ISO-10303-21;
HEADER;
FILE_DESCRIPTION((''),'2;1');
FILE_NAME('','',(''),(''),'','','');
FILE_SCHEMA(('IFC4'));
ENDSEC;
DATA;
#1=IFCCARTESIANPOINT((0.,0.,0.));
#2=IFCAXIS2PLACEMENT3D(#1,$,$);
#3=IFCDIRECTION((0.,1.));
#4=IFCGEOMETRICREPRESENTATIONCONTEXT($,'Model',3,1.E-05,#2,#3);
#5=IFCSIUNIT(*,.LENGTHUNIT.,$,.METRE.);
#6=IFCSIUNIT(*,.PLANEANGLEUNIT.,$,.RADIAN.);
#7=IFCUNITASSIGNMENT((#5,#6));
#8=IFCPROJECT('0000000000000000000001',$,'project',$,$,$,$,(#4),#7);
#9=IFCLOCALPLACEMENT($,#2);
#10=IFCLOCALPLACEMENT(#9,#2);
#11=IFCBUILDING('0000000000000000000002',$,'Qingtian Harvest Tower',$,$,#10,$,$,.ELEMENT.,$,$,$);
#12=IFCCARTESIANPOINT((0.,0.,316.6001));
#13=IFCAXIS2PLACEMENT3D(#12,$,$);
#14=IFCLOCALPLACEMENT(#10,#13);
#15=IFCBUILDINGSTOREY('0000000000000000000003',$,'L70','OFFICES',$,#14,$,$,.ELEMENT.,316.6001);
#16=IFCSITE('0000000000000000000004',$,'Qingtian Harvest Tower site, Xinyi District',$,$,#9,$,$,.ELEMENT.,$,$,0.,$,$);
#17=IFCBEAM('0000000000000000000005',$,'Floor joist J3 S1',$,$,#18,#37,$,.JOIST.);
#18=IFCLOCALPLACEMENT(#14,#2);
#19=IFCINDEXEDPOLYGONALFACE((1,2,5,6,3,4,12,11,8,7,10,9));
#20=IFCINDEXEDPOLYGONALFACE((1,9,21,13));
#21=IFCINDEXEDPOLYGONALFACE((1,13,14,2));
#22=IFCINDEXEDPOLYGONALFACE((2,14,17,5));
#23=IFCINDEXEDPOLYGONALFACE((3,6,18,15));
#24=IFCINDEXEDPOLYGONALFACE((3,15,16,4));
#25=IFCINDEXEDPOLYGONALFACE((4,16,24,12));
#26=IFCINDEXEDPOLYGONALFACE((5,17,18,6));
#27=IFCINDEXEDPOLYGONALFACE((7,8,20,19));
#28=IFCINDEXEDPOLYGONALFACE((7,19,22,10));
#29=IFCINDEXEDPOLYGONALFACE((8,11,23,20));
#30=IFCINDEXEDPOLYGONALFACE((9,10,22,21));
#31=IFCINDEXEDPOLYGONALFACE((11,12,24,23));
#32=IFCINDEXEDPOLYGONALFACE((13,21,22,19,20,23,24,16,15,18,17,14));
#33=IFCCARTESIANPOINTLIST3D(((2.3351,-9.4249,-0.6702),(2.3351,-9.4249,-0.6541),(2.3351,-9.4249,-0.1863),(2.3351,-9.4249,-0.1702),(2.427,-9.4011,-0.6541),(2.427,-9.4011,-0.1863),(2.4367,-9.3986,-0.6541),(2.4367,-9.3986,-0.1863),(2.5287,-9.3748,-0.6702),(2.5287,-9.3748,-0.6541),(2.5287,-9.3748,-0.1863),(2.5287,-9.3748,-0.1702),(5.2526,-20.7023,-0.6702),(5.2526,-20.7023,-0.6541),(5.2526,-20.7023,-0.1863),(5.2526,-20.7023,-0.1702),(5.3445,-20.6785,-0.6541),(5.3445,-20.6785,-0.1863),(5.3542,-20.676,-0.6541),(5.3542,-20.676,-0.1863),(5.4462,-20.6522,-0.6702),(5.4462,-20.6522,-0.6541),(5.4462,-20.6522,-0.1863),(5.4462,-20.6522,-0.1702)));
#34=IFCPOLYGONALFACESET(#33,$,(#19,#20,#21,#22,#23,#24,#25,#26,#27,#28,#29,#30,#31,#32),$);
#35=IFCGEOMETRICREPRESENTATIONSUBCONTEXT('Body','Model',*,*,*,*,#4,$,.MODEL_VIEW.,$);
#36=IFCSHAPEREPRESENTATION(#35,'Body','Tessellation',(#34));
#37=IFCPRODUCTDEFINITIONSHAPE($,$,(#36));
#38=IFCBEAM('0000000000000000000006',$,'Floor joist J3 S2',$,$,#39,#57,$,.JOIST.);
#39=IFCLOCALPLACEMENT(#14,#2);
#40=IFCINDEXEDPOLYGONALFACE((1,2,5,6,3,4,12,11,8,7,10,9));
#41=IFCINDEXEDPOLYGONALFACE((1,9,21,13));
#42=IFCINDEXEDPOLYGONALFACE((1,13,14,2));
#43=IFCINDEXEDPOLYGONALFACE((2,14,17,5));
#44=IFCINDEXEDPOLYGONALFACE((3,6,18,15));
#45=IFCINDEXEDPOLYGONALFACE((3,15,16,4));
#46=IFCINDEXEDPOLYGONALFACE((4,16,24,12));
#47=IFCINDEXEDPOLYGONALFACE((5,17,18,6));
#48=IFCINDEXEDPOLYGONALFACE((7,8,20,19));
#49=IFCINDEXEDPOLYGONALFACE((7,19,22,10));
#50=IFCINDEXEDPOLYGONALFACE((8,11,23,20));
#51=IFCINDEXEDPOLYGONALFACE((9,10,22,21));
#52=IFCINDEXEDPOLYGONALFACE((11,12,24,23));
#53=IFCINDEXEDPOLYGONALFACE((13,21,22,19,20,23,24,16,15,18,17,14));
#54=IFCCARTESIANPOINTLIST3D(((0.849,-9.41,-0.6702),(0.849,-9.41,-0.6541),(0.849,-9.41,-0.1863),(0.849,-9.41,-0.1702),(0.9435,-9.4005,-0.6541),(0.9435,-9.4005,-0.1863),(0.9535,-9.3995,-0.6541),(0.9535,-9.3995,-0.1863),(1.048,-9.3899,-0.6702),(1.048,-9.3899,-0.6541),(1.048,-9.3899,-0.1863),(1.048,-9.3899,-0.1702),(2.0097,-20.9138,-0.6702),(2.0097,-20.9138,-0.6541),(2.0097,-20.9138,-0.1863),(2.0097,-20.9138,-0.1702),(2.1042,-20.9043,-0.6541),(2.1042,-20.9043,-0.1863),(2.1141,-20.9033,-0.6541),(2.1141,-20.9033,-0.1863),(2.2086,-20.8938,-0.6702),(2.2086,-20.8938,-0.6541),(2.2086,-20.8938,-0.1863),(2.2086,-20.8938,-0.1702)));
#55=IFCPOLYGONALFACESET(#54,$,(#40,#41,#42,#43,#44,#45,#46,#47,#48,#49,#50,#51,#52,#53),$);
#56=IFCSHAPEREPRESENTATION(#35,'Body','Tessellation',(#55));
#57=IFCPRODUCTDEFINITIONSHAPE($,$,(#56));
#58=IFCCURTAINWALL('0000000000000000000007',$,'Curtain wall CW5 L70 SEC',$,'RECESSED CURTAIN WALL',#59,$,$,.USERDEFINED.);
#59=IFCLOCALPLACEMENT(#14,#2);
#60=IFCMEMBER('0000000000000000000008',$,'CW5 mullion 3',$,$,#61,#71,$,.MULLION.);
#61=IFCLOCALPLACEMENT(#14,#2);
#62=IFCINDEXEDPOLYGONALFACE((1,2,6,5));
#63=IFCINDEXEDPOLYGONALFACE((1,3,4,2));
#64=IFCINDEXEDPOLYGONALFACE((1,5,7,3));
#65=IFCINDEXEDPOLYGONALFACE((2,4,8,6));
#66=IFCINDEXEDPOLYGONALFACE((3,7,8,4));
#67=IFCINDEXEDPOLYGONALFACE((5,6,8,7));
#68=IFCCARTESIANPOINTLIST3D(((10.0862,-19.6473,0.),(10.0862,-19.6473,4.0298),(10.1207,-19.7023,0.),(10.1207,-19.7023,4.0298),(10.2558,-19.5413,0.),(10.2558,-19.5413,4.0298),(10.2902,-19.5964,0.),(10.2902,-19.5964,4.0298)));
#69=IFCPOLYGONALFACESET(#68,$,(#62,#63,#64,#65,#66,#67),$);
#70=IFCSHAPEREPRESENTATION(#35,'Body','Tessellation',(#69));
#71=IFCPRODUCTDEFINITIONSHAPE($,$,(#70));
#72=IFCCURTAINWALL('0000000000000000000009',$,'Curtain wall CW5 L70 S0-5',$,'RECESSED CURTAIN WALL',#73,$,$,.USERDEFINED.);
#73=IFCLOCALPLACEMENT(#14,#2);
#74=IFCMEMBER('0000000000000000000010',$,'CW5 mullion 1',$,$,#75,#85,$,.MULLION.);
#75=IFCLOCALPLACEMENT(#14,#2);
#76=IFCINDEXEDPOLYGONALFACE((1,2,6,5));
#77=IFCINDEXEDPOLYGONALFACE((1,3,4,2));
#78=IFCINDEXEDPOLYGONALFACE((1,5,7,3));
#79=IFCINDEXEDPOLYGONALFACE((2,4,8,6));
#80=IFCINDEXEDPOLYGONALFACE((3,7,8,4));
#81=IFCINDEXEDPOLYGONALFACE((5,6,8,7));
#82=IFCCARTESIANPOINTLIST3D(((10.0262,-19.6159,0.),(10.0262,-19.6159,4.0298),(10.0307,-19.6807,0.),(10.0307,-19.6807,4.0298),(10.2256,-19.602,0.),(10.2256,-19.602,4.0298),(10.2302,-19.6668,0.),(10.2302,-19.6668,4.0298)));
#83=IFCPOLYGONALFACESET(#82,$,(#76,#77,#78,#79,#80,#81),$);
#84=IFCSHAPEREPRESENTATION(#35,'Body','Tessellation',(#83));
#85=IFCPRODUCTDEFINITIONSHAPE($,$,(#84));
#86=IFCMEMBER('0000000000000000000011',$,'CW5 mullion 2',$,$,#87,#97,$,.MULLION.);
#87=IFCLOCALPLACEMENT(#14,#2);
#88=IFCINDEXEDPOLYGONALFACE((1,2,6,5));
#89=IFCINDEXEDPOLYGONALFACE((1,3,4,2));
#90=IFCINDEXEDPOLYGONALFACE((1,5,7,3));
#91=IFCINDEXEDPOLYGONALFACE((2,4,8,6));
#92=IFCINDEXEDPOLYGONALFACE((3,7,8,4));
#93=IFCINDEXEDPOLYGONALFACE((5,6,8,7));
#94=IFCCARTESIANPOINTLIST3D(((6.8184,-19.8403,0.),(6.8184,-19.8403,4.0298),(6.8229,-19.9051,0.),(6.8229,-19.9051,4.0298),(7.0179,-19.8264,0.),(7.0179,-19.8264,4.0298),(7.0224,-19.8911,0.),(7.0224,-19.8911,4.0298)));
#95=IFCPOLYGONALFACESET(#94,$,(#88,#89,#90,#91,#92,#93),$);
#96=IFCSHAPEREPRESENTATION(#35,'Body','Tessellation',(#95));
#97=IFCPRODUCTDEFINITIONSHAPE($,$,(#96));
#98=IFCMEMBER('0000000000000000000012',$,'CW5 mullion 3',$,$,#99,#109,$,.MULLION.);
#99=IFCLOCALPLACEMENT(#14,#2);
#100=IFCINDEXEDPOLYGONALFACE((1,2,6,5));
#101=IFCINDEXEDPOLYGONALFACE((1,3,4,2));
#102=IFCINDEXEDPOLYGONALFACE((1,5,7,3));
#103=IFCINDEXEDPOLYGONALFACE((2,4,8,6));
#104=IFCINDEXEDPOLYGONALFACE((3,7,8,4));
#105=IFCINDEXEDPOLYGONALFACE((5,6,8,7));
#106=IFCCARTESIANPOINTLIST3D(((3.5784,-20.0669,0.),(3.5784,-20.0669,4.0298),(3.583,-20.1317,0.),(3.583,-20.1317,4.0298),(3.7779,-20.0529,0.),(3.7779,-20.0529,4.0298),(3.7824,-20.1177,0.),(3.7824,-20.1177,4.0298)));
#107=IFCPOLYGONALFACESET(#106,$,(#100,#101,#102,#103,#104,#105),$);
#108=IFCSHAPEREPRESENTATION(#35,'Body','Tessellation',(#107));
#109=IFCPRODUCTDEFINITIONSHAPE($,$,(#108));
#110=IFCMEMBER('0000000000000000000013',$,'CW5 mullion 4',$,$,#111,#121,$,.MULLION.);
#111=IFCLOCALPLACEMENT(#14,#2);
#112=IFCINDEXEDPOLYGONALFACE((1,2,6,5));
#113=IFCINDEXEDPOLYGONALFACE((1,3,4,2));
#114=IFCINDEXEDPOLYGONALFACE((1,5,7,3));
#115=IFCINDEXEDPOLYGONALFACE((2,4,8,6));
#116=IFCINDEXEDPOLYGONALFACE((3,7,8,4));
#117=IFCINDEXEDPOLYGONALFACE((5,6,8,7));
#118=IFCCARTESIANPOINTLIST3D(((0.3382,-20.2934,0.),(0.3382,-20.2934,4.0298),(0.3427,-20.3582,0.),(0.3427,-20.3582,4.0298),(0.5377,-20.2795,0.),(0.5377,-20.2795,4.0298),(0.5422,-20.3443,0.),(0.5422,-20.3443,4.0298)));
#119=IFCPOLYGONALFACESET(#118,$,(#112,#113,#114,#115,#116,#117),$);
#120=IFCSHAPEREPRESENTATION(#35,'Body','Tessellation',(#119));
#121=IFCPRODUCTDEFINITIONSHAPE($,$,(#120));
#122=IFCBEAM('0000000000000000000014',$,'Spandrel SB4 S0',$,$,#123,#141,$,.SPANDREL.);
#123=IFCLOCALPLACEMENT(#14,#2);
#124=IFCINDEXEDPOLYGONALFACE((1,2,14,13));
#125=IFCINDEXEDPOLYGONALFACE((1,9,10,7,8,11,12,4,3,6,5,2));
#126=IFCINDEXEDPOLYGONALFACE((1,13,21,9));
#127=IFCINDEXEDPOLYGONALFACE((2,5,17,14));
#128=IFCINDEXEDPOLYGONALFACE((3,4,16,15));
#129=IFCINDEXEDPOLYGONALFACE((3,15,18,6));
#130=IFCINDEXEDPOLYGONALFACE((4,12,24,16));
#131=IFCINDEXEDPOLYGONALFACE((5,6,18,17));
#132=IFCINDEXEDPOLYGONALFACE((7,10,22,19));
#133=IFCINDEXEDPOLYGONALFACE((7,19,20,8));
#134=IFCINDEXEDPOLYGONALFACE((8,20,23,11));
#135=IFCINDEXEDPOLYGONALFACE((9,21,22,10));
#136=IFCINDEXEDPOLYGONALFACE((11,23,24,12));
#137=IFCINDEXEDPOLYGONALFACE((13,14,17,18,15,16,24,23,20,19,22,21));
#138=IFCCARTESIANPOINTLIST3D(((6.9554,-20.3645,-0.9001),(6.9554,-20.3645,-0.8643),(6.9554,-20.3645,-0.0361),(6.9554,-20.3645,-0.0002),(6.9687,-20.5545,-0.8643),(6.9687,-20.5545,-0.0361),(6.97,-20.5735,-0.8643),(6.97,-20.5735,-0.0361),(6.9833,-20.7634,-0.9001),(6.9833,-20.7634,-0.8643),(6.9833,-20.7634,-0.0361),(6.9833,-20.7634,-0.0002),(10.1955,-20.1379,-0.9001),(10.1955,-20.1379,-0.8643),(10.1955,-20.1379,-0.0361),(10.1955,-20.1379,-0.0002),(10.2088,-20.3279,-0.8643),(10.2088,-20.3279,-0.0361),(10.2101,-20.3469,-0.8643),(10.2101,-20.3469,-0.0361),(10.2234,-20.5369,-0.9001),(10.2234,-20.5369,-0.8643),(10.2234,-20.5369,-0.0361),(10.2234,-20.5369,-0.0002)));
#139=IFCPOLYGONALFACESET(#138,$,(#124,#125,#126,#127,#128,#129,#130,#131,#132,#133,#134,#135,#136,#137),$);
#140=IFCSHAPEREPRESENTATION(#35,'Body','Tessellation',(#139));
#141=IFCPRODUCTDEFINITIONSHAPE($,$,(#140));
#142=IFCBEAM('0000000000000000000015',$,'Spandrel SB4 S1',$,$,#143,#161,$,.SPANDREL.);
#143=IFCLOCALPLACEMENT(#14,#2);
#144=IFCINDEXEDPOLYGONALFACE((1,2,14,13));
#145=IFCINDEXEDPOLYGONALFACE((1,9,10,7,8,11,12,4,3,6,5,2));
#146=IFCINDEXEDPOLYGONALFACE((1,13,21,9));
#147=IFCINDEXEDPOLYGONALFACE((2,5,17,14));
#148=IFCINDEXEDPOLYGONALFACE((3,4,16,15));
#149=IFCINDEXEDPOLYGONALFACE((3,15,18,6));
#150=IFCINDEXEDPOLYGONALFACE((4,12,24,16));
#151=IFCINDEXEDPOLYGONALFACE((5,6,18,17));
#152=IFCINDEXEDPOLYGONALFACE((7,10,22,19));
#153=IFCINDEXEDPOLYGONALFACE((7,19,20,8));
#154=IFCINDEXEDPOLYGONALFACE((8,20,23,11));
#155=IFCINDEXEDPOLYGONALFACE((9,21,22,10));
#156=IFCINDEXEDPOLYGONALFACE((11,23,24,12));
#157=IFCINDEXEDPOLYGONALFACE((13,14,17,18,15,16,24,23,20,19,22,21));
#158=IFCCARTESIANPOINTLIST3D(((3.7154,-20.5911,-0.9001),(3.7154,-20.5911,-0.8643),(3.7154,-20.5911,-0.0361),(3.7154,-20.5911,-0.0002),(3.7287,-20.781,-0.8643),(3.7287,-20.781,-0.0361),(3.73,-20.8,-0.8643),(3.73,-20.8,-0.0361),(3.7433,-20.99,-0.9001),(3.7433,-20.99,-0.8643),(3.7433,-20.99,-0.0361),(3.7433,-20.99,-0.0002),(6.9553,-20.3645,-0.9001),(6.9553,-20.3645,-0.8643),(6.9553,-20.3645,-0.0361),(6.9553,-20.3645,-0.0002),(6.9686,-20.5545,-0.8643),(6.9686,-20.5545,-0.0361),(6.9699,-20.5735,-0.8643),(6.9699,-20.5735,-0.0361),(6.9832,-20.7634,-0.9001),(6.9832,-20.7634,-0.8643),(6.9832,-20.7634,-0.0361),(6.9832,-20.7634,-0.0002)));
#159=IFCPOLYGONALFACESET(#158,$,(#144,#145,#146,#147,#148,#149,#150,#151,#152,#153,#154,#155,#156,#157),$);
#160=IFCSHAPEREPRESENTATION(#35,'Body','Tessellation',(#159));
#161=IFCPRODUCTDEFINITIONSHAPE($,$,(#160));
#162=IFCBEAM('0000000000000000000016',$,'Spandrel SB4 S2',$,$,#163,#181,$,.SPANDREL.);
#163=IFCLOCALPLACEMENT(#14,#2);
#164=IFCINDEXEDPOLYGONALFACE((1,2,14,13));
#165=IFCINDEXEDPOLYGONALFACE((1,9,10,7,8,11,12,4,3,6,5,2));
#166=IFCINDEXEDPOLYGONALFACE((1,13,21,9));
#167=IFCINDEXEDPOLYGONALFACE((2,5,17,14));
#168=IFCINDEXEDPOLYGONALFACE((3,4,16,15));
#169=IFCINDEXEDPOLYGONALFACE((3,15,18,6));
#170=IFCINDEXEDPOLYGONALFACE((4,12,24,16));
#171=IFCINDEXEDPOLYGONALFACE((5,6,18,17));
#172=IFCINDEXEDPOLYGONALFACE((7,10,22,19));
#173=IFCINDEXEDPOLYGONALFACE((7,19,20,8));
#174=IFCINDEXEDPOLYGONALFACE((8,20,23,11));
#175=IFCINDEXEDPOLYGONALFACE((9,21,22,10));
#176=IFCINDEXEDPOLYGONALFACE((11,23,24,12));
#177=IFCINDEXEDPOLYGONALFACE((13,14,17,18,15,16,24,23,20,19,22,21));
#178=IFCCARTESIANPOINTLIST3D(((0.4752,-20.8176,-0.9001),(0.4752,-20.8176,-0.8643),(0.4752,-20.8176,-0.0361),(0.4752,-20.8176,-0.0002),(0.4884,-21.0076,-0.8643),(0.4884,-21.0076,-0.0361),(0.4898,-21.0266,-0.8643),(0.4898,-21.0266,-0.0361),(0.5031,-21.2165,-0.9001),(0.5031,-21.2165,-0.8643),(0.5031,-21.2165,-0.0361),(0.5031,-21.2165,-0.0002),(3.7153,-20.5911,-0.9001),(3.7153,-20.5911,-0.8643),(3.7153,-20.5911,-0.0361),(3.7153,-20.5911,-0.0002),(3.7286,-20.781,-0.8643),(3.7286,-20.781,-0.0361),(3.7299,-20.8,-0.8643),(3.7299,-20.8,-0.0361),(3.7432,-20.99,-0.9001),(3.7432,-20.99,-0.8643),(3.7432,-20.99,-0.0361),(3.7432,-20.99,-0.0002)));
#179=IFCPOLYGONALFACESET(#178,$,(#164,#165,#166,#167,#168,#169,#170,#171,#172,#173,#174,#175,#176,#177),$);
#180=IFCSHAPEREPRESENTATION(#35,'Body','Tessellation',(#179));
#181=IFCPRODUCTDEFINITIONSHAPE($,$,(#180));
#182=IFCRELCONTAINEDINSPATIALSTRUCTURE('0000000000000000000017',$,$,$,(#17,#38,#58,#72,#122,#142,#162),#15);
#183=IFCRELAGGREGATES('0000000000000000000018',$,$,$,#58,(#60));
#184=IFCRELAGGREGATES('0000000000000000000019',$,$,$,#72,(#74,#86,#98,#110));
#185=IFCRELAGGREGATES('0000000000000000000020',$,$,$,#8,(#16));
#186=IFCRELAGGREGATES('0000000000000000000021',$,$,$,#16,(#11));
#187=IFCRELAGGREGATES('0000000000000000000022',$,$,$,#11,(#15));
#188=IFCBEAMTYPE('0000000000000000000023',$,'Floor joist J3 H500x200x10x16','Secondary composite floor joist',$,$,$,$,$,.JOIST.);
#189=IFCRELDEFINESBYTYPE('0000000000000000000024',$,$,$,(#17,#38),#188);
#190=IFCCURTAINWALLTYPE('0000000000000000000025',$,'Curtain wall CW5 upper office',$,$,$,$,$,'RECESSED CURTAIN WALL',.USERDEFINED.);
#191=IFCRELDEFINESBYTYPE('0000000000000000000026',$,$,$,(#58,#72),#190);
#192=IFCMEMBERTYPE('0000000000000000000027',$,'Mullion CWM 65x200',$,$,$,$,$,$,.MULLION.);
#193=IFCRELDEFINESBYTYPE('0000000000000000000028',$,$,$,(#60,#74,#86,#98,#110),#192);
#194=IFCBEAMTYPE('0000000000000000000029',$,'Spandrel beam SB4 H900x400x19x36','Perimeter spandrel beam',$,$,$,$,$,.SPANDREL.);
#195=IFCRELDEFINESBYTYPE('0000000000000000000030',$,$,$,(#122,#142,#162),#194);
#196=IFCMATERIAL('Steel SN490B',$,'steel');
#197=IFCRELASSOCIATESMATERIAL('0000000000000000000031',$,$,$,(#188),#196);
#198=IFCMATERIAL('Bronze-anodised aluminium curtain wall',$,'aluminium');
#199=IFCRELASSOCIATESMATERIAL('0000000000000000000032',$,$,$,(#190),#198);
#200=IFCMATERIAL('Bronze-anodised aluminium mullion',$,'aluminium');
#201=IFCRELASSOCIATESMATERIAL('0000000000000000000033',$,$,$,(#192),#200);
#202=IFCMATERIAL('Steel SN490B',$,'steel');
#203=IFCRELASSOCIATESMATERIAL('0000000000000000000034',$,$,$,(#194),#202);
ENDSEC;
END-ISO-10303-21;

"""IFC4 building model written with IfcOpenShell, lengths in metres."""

from ifc_helpers import new_model, si_unit, direction, frame, origin, origin_2d, place, context, subcontext, project, spatial, rectangle, i_section, extrude, material, material_profile, profile_set, type_object, element, aggregate, save


model = new_model("IFC4")

# Units and contexts
model_context = context("Model", 3, precision=1e-05, world=origin(), true_north=direction((0.0, 1.0)))
body_context = subcontext(model_context, "Body", "Model", "MODEL_VIEW")
ifc_project = project(units=[si_unit("LENGTHUNIT", "METRE"), si_unit("PLANEANGLEUNIT", "RADIAN")], contexts=[model_context])

# Site, building, storey
site_placement = place(None, origin())
site = spatial("IfcSite", under=ifc_project, at=site_placement, Name="Qingtian Harvest Tower site, Xinyi District", CompositionType="ELEMENT", RefElevation=0.0)
building_placement = place(site_placement, origin())
building = spatial("IfcBuilding", under=site, at=building_placement, Name="Qingtian Harvest Tower", CompositionType="ELEMENT")
storey_placement = place(building_placement, frame((0.0, 0.0, 316.6001)))
storey = spatial("IfcBuildingStorey", under=building, at=storey_placement, Name="L70", Description="OFFICES", CompositionType="ELEMENT", Elevation=316.6001)

# Beams
ifc_material_1 = material(Name="Steel SN490B", Category="steel")
ifc_material_profile_1 = material_profile(ifc_material_1, i_section(OverallWidth=0.2, OverallDepth=0.5, WebThickness=0.01, FlangeThickness=0.0161, at=origin_2d()), Name="H500x200x10x16")
ifc_profile_set_1 = profile_set([ifc_material_profile_1], Name="Steel SN490B")
beam_type_1 = type_object("IfcBeamType", Name="Floor joist J3 H500x200x10x16", Description="Secondary composite floor joist", PredefinedType="JOIST", material=ifc_profile_set_1)
beam_1_placement = place(storey_placement, frame((5.3494, -20.6772, -0.4202), z_axis=(-0.250457, 0.968128, 0.0), x_axis=(-0.968128, -0.250457, 0.0)))
element("IfcBeam", 1, at=beam_1_placement, inside=storey, type_object=beam_type_1, Name="Floor joist J3 S1", PredefinedType="JOIST", context=body_context, shape_type="SweptSolid", body=[
    extrude(i_section(OverallWidth=0.2, OverallDepth=0.5, WebThickness=0.01, FlangeThickness=0.0161, at=origin_2d()), origin(), (0.0, 0.0, 1.0), 11.6487),
])
beam_2_placement = place(storey_placement, frame((2.1091, -20.9038, -0.4202), z_axis=(-0.100382, 0.994949, 0.0), x_axis=(-0.994949, -0.100382, 0.0)))
element("IfcBeam", 2, at=beam_2_placement, inside=storey, type_object=beam_type_1, Name="Floor joist J3 S2", PredefinedType="JOIST", context=body_context, shape_type="SweptSolid", body=[
    extrude(i_section(OverallWidth=0.2, OverallDepth=0.5, WebThickness=0.01, FlangeThickness=0.0161, at=origin_2d()), origin(), (0.0, 0.0, 1.0), 11.5623),
])

# Curtain wall, member
ifc_material_2 = material(Name="Bronze-anodised aluminium curtain wall", Category="aluminium")
curtain_wall_type = type_object("IfcCurtainWallType", Name="Curtain wall CW5 upper office", ElementType="RECESSED CURTAIN WALL", PredefinedType="USERDEFINED", material=ifc_material_2)
curtain_wall_1_placement = place(storey_placement, origin())
curtain_wall_1 = element("IfcCurtainWall", 3, at=curtain_wall_1_placement, inside=storey, type_object=curtain_wall_type, Name="Curtain wall CW5 L70 SEC", ObjectType="RECESSED CURTAIN WALL", PredefinedType="USERDEFINED")
ifc_material_3 = material(Name="Bronze-anodised aluminium mullion", Category="aluminium")
ifc_material_profile_2 = material_profile(ifc_material_3, rectangle(XDim=0.0649, YDim=0.2, at=origin_2d()), Name="AL 65x200")
ifc_profile_set_2 = profile_set([ifc_material_profile_2], Name="Bronze-anodised aluminium mullion")
member_type_1 = type_object("IfcMemberType", Name="Mullion CWM 65x200", PredefinedType="MULLION", material=ifc_profile_set_2)
member_1_placement = place(storey_placement, frame((10.1882, -19.6218, 0.0), z_axis=(0.0, 0.0, 1.0), x_axis=(0.529919, -0.848048, 0.0)))
member_1 = element("IfcMember", 4, at=member_1_placement, type_object=member_type_1, Name="CW5 mullion 3", PredefinedType="MULLION", context=body_context, shape_type="SweptSolid", body=[
    extrude(rectangle(XDim=0.0649, YDim=0.2, at=origin_2d()), origin(), (0.0, 0.0, 1.0), 4.0298),
])
aggregate(curtain_wall_1, [member_1])

# Curtain wall, members
curtain_wall_2_placement = place(storey_placement, origin())
curtain_wall_2 = element("IfcCurtainWall", 5, at=curtain_wall_2_placement, inside=storey, type_object=curtain_wall_type, Name="Curtain wall CW5 L70 S0-5", ObjectType="RECESSED CURTAIN WALL", PredefinedType="USERDEFINED")
member_2_placement = place(storey_placement, frame((10.1282, -19.6414, 0.0), z_axis=(0.0, 0.0, 1.0), x_axis=(0.069756, -0.997564, 0.0)))
member_2 = element("IfcMember", 6, at=member_2_placement, type_object=member_type_1, Name="CW5 mullion 1", PredefinedType="MULLION", context=body_context, shape_type="SweptSolid", body=[
    extrude(rectangle(XDim=0.0649, YDim=0.2, at=origin_2d()), origin(), (0.0, 0.0, 1.0), 4.0298),
])
member_3_placement = place(storey_placement, frame((6.9204, -19.8657, 0.0), z_axis=(0.0, 0.0, 1.0), x_axis=(0.069756, -0.997564, 0.0)))
member_3 = element("IfcMember", 7, at=member_3_placement, type_object=member_type_1, Name="CW5 mullion 2", PredefinedType="MULLION", context=body_context, shape_type="SweptSolid", body=[
    extrude(rectangle(XDim=0.0649, YDim=0.2, at=origin_2d()), origin(), (0.0, 0.0, 1.0), 4.0298),
])
member_4_placement = place(storey_placement, frame((3.6804, -20.0923, 0.0), z_axis=(0.0, 0.0, 1.0), x_axis=(0.069756, -0.997564, 0.0)))
member_4 = element("IfcMember", 8, at=member_4_placement, type_object=member_type_1, Name="CW5 mullion 3", PredefinedType="MULLION", context=body_context, shape_type="SweptSolid", body=[
    extrude(rectangle(XDim=0.0649, YDim=0.2, at=origin_2d()), origin(), (0.0, 0.0, 1.0), 4.0298),
])
member_5_placement = place(storey_placement, frame((0.4402, -20.3188, 0.0), z_axis=(0.0, 0.0, 1.0), x_axis=(0.069756, -0.997564, 0.0)))
member_5 = element("IfcMember", 9, at=member_5_placement, type_object=member_type_1, Name="CW5 mullion 4", PredefinedType="MULLION", context=body_context, shape_type="SweptSolid", body=[
    extrude(rectangle(XDim=0.0649, YDim=0.2, at=origin_2d()), origin(), (0.0, 0.0, 1.0), 4.0298),
])

# Beams
ifc_material_4 = material(Name="Steel SN490B", Category="steel")
ifc_material_profile_3 = material_profile(ifc_material_4, i_section(OverallWidth=0.3999, OverallDepth=0.8999, WebThickness=0.019, FlangeThickness=0.0359, at=origin_2d()), Name="H900x400x19x36")
ifc_profile_set_3 = profile_set([ifc_material_profile_3], Name="Steel SN490B")
beam_type_2 = type_object("IfcBeamType", Name="Spandrel beam SB4 H900x400x19x36", Description="Perimeter spandrel beam", PredefinedType="SPANDREL", material=ifc_profile_set_3)
beam_3_placement = place(storey_placement, frame((10.2095, -20.3374, -0.4502), z_axis=(-0.997564, -0.069751, 0.0), x_axis=(0.069751, -0.997564, 0.0)))
element("IfcBeam", 10, at=beam_3_placement, inside=storey, type_object=beam_type_2, Name="Spandrel SB4 S0", PredefinedType="SPANDREL", context=body_context, shape_type="SweptSolid", body=[
    extrude(i_section(OverallWidth=0.3999, OverallDepth=0.8999, WebThickness=0.019, FlangeThickness=0.0359, at=origin_2d()), origin(), (0.0, 0.0, 1.0), 3.248),
])
beam_4_placement = place(storey_placement, frame((6.9692, -20.564, -0.4502), z_axis=(-0.997564, -0.069757, 0.0), x_axis=(0.069757, -0.997564, 0.0)))
element("IfcBeam", 11, at=beam_4_placement, inside=storey, type_object=beam_type_2, Name="Spandrel SB4 S1", PredefinedType="SPANDREL", context=body_context, shape_type="SweptSolid", body=[
    extrude(i_section(OverallWidth=0.3999, OverallDepth=0.8999, WebThickness=0.019, FlangeThickness=0.0359, at=origin_2d()), origin(), (0.0, 0.0, 1.0), 3.2478),
])
beam_5_placement = place(storey_placement, frame((3.7292, -20.7905, -0.4502), z_axis=(-0.997564, -0.069751, 0.0), x_axis=(0.069751, -0.997564, 0.0)))
element("IfcBeam", 12, at=beam_5_placement, inside=storey, type_object=beam_type_2, Name="Spandrel SB4 S2", PredefinedType="SPANDREL", context=body_context, shape_type="SweptSolid", body=[
    extrude(i_section(OverallWidth=0.3999, OverallDepth=0.8999, WebThickness=0.019, FlangeThickness=0.0359, at=origin_2d()), origin(), (0.0, 0.0, 1.0), 3.248),
])

aggregate(curtain_wall_2, [member_2, member_3, member_4, member_5])

save(model, "model.ifc")
